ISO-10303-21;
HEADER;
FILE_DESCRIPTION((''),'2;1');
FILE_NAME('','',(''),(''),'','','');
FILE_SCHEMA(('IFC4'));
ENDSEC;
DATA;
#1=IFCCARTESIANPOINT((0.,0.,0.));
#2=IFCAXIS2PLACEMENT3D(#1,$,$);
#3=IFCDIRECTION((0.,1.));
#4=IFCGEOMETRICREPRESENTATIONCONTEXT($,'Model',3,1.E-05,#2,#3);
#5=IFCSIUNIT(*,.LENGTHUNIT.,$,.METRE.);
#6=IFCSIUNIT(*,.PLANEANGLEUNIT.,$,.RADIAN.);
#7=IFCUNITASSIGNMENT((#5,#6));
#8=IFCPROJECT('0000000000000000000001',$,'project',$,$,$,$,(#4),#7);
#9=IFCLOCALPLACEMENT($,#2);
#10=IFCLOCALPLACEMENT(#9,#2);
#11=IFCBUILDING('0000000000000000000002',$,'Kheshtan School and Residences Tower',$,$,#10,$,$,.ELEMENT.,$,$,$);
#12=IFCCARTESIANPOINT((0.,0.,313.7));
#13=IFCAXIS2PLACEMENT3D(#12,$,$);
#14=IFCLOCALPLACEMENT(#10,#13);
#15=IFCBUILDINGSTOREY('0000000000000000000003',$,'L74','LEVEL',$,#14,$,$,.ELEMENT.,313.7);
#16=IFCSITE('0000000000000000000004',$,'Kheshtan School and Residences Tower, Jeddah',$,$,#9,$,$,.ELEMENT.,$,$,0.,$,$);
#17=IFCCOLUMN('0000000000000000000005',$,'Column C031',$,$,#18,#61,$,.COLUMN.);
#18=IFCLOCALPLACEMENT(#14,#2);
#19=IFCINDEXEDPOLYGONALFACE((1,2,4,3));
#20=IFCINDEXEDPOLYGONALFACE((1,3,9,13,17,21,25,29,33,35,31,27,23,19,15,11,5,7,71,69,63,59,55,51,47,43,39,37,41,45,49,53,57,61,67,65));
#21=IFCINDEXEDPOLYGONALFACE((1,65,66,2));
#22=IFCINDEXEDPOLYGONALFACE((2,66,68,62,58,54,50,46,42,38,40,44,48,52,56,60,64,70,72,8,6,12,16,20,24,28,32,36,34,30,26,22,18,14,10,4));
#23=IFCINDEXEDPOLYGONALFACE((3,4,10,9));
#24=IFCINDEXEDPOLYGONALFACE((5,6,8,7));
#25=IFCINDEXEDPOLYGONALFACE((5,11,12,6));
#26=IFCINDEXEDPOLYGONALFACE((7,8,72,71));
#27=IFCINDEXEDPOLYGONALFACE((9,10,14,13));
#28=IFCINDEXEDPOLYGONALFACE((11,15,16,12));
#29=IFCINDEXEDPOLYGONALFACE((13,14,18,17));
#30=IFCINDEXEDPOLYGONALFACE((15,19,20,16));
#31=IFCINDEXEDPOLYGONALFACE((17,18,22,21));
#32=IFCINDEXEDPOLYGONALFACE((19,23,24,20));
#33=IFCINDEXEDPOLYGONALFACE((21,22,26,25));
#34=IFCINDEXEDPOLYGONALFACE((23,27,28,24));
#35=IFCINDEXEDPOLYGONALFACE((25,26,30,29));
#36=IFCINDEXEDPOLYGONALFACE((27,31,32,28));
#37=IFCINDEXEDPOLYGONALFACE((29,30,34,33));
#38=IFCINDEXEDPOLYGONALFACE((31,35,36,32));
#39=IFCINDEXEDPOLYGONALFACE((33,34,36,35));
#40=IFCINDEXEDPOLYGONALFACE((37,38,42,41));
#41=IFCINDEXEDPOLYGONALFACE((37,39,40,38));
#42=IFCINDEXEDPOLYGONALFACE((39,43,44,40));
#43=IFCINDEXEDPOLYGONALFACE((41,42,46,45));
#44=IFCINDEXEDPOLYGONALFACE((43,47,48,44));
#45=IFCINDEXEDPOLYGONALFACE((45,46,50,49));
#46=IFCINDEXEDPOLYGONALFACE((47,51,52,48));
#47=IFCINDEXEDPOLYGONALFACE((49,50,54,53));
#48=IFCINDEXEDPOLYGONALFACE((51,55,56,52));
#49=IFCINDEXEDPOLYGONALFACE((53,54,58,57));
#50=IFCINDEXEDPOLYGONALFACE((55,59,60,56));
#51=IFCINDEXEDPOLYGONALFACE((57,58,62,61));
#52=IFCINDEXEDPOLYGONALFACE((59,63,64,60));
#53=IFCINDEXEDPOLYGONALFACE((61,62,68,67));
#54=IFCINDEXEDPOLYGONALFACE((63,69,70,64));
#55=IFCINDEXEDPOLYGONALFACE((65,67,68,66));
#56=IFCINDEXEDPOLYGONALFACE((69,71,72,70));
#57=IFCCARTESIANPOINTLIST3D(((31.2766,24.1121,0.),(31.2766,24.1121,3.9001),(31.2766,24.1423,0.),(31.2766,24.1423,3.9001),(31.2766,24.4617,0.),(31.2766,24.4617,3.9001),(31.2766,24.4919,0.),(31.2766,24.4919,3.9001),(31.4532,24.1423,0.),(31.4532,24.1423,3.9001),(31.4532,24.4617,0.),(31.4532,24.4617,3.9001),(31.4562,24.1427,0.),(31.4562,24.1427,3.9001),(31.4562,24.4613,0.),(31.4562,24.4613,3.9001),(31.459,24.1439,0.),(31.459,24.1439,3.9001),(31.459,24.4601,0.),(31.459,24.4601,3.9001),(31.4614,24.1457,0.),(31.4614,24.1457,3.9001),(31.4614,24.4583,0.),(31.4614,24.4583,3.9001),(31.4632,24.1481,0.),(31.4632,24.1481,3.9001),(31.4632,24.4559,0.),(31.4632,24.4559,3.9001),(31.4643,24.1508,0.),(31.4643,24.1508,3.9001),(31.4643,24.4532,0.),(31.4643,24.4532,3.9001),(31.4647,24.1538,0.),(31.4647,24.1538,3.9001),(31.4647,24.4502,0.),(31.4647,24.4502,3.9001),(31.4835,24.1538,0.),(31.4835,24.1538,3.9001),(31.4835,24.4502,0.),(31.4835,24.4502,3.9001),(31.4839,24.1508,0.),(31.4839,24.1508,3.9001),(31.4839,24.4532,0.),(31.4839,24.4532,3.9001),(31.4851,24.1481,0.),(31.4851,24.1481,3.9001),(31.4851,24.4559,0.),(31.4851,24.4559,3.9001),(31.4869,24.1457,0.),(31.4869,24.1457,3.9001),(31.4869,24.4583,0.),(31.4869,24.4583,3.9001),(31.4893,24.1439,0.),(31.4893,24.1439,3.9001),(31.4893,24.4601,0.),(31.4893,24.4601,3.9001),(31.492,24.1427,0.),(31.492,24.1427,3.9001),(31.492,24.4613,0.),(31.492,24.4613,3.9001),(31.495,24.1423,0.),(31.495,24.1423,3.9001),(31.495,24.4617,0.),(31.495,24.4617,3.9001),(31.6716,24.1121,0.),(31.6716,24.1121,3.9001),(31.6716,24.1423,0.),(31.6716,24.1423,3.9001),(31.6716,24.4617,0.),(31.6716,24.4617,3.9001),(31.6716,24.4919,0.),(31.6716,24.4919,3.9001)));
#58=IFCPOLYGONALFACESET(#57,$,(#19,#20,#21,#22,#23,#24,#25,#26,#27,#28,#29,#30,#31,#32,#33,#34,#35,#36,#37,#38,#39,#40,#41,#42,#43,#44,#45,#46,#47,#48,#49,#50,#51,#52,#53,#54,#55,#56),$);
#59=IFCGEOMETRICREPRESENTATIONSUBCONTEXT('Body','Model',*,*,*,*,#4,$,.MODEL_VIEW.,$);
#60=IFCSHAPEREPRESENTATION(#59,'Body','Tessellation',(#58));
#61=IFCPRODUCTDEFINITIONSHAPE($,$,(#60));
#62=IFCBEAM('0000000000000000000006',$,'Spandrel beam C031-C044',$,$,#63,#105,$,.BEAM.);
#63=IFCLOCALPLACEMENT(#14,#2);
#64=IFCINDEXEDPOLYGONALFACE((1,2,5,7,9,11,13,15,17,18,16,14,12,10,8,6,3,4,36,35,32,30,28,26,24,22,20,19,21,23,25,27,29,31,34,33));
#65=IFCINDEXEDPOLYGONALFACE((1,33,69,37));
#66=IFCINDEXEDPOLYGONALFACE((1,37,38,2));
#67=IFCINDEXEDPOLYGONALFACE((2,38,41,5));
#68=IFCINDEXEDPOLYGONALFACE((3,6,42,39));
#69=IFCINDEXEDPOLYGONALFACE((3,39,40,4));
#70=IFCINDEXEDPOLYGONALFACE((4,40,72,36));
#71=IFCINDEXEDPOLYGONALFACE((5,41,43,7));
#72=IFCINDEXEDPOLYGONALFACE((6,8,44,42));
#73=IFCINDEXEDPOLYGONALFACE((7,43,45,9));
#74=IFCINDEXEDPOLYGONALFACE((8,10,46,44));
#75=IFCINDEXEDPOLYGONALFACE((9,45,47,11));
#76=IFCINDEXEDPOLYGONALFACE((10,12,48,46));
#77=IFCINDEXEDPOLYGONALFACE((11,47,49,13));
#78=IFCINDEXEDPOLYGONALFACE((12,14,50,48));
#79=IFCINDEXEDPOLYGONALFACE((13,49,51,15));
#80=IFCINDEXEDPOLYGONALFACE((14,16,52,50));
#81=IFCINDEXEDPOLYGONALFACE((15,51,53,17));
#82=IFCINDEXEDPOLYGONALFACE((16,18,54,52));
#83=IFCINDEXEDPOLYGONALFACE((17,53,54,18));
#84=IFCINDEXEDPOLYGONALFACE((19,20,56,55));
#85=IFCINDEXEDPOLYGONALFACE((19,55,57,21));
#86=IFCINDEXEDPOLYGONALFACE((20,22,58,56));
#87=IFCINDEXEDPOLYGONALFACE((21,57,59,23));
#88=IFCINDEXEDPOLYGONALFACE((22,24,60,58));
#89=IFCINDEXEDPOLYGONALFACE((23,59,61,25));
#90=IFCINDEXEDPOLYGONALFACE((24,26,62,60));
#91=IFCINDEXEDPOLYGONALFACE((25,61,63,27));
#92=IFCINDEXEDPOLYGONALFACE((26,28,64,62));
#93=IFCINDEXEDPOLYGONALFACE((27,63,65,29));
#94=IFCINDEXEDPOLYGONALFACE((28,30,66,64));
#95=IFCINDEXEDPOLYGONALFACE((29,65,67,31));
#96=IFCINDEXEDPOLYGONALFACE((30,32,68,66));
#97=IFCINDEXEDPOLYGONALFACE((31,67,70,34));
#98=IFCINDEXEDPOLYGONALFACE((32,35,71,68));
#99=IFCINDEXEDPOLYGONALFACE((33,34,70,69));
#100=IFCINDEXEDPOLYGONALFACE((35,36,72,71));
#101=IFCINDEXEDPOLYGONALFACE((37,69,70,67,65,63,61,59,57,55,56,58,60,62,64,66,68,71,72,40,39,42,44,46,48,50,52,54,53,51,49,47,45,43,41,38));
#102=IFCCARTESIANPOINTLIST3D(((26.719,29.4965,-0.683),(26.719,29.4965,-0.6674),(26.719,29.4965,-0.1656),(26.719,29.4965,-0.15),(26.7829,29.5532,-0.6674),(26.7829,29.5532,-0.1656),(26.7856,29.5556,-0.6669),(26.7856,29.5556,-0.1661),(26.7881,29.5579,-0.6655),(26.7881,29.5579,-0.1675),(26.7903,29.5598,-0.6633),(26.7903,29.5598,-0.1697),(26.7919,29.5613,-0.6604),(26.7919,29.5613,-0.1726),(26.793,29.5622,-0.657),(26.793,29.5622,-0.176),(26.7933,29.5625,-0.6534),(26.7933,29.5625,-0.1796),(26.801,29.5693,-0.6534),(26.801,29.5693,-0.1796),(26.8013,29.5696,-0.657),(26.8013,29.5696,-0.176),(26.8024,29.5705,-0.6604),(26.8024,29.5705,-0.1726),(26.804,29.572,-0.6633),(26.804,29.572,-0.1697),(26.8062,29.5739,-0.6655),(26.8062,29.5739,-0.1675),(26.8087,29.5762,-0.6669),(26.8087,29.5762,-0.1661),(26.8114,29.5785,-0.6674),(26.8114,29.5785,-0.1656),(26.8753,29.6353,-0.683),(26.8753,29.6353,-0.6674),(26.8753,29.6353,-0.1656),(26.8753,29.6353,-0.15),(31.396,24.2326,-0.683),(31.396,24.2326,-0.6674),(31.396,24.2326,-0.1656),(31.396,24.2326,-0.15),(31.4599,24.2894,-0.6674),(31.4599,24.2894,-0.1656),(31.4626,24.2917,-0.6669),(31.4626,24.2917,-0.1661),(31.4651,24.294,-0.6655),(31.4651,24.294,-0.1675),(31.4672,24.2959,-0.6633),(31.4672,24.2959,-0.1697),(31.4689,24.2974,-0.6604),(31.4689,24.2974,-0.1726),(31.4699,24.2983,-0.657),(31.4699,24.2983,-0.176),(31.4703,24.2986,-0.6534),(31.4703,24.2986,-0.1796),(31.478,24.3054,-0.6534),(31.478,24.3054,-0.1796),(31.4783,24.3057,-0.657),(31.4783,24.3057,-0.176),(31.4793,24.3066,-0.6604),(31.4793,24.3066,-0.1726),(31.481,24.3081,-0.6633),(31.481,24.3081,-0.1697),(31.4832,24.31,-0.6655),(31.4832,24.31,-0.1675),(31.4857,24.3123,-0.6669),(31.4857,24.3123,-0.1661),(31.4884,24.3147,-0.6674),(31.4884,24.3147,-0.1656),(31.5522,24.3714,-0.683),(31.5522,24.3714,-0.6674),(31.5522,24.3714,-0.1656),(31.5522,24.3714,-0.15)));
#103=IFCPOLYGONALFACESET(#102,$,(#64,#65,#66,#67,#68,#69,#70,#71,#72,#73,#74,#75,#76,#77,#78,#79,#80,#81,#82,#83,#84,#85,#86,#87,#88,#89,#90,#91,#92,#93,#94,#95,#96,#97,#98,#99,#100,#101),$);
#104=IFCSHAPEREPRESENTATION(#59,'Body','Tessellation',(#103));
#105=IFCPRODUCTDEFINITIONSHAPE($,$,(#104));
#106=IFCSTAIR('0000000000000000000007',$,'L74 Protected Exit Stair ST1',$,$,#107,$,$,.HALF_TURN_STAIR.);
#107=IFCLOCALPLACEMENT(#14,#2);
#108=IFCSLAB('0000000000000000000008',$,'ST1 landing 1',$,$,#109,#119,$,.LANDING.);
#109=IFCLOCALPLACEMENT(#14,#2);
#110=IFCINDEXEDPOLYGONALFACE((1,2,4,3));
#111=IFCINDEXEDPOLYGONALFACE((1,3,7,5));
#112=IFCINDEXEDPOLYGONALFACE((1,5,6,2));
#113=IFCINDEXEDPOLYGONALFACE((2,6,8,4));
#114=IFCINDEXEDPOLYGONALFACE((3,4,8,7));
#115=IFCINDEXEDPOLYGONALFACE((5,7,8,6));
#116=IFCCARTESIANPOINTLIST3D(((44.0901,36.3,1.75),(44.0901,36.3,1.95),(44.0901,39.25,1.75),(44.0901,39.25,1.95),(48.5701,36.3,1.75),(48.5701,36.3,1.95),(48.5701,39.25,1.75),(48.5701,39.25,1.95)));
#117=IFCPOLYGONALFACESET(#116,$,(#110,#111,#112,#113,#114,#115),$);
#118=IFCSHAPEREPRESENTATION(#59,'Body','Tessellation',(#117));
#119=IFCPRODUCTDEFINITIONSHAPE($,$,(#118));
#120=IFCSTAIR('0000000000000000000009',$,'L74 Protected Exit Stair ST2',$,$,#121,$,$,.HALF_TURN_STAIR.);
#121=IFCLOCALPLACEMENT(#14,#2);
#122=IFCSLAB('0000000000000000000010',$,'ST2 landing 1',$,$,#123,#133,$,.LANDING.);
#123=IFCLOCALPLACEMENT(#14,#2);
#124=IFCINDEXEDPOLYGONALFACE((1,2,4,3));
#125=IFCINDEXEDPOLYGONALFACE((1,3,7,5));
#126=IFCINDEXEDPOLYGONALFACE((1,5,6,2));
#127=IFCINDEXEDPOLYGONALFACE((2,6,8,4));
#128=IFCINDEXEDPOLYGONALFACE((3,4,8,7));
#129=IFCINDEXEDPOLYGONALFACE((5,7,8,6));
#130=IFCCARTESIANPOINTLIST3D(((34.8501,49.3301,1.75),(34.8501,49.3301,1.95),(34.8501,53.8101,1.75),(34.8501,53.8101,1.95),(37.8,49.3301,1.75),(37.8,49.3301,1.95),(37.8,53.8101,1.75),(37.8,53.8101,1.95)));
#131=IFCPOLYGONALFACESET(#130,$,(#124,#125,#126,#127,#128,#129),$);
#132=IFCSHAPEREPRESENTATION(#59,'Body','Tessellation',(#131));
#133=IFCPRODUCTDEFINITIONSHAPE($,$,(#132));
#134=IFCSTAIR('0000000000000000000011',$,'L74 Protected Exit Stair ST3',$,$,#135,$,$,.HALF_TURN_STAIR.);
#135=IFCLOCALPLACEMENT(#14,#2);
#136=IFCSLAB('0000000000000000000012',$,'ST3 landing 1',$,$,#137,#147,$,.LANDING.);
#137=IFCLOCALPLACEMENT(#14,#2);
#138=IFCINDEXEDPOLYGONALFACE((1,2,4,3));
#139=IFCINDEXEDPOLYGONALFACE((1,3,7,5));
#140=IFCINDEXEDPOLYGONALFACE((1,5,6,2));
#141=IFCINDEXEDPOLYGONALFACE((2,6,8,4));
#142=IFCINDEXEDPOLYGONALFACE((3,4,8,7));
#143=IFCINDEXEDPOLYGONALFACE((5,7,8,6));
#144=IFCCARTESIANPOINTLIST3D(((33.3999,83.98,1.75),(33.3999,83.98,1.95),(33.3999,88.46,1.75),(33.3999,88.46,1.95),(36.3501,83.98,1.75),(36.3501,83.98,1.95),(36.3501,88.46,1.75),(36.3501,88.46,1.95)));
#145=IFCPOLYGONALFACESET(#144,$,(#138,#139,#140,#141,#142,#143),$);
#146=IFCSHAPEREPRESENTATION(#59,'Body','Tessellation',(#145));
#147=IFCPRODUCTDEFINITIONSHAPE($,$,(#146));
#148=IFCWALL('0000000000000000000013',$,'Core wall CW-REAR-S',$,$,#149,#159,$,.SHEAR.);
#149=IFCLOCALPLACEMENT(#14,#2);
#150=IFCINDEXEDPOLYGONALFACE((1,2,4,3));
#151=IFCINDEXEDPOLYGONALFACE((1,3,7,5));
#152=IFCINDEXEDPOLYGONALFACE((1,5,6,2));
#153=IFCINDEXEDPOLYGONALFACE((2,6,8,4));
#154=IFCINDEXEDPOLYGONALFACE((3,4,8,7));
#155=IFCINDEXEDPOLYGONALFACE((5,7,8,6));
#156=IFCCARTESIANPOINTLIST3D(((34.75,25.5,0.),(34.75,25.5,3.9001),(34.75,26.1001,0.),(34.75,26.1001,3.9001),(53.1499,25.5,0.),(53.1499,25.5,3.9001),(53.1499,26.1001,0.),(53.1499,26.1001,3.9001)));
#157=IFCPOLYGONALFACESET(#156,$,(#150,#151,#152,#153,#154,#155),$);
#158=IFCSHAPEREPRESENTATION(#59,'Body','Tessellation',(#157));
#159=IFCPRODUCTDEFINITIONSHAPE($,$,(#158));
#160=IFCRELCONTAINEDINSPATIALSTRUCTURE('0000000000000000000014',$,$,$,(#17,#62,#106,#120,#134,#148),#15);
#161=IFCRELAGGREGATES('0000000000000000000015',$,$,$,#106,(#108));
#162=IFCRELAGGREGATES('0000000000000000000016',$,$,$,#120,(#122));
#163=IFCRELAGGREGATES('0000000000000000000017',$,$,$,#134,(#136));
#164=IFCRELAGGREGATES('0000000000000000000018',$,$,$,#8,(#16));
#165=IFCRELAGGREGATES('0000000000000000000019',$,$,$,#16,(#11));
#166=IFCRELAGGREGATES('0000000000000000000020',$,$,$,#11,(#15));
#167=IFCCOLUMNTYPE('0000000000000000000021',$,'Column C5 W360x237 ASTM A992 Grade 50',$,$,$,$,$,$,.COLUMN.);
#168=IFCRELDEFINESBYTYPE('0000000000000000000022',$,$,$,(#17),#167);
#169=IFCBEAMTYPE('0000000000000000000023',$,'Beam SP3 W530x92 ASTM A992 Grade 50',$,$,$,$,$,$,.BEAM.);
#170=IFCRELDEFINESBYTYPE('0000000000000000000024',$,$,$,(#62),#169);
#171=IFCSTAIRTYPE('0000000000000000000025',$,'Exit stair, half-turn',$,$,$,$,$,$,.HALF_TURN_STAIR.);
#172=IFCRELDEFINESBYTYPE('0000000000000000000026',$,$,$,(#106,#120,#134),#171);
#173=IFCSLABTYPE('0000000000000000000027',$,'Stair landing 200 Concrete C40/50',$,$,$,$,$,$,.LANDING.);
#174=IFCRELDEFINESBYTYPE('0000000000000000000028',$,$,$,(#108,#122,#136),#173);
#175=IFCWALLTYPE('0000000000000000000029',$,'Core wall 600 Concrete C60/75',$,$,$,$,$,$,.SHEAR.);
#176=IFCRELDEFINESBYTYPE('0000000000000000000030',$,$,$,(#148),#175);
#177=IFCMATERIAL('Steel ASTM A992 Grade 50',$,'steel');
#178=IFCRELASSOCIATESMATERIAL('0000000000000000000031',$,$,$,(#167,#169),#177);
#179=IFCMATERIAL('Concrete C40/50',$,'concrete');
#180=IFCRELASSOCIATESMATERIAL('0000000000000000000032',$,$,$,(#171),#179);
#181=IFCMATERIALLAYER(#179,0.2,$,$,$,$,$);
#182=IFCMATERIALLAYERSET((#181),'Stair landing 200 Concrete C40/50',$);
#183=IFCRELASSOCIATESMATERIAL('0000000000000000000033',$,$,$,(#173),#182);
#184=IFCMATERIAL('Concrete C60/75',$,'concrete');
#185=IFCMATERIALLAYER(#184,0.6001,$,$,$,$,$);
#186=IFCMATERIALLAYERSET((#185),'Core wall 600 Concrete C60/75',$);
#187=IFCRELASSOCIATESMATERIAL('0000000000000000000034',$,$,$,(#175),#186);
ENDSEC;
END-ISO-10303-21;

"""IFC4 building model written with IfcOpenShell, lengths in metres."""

from ifc_helpers import new_model, si_unit, direction, frame, frame_2d, origin, origin_2d, place, context, subcontext, project, spatial, polyline, rectangle, i_section, outline, extrude, material, layer, layer_set, material_profile, profile_set, type_object, element, aggregate, save


model = new_model("IFC4")

# Units and contexts
model_context = context("Model", 3, precision=1e-05, world=origin(), true_north=direction((0.0, 1.0)))
body_context = subcontext(model_context, "Body", "Model", "MODEL_VIEW")
ifc_project = project(units=[si_unit("LENGTHUNIT", "METRE"), si_unit("PLANEANGLEUNIT", "RADIAN")], contexts=[model_context])

# Site, building, storey
site_placement = place(None, origin())
site = spatial("IfcSite", under=ifc_project, at=site_placement, Name="Kheshtan School and Residences Tower, Jeddah", CompositionType="ELEMENT", RefElevation=0.0)
building_placement = place(site_placement, origin())
building = spatial("IfcBuilding", under=site, at=building_placement, Name="Kheshtan School and Residences Tower", CompositionType="ELEMENT")
storey_placement = place(building_placement, frame((0.0, 0.0, 313.7)))
storey = spatial("IfcBuildingStorey", under=building, at=storey_placement, Name="L74", Description="LEVEL", CompositionType="ELEMENT", Elevation=313.7)

# Column
ifc_material_1 = material(Name="Steel ASTM A992 Grade 50", Category="steel")
ifc_material_profile_1 = material_profile(ifc_material_1, i_section(OverallWidth=0.395, OverallDepth=0.3799, WebThickness=0.0188, FlangeThickness=0.0303, FilletRadius=0.0115, at=origin_2d()), Name="W360x237")
ifc_profile_set_1 = profile_set([ifc_material_profile_1], Name="Steel ASTM A992 Grade 50")
column_type = type_object("IfcColumnType", Name="Column C5 W360x237 ASTM A992 Grade 50", PredefinedType="COLUMN", material=ifc_profile_set_1)
column_placement = place(storey_placement, frame((31.4741, 24.302, 0.0), z_axis=(0.0, 0.0, 1.0), x_axis=(1.0, 0.0, 0.0)))
element("IfcColumn", 1, at=column_placement, inside=storey, type_object=column_type, Name="Column C031", PredefinedType="COLUMN", context=body_context, shape_type="SweptSolid", body=[
    extrude(i_section(OverallWidth=0.395, OverallDepth=0.3799, WebThickness=0.0188, FlangeThickness=0.0303, FilletRadius=0.0115, at=origin_2d()), origin(), (0.0, 0.0, 1.0), 3.9001),
])

# Beam
ifc_material_profile_2 = material_profile(ifc_material_1, i_section(OverallWidth=0.209, OverallDepth=0.533, WebThickness=0.0103, FlangeThickness=0.0156, FilletRadius=0.0139, at=origin_2d()), Name="W530x92")
ifc_profile_set_2 = profile_set([ifc_material_profile_2], Name="Steel ASTM A992 Grade 50")
beam_type = type_object("IfcBeamType", Name="Beam SP3 W530x92 ASTM A992 Grade 50", PredefinedType="BEAM", material=ifc_profile_set_2)
beam_placement = place(storey_placement, frame((31.4741, 24.302, -0.4165), z_axis=(-0.664202, 0.747553, 0.0), x_axis=(-0.747553, -0.664202, 0.0)))
element("IfcBeam", 2, at=beam_placement, inside=storey, type_object=beam_type, Name="Spandrel beam C031-C044", PredefinedType="BEAM", context=body_context, shape_type="SweptSolid", body=[
    extrude(i_section(OverallWidth=0.209, OverallDepth=0.533, WebThickness=0.0103, FlangeThickness=0.0156, FilletRadius=0.0139, at=origin_2d()), origin(), (0.0, 0.0, 1.0), 7.0415),
])

# Shared definitions
ifc_material_2 = material(Name="Concrete C40/50", Category="concrete")

# Stairs, slabs
stair_type = type_object("IfcStairType", Name="Exit stair, half-turn", PredefinedType="HALF_TURN_STAIR", material=ifc_material_2)
stair_1_placement = place(storey_placement, origin())
stair_1 = element("IfcStair", 3, at=stair_1_placement, inside=storey, type_object=stair_type, Name="L74 Protected Exit Stair ST1", PredefinedType="HALF_TURN_STAIR")
ifc_layer_1 = layer(ifc_material_2, 0.2)
ifc_layer_set_1 = layer_set([ifc_layer_1], Name="Stair landing 200 Concrete C40/50")
slab_type_1 = type_object("IfcSlabType", Name="Stair landing 200 Concrete C40/50", PredefinedType="LANDING", material=ifc_layer_set_1)
slab_1_placement = place(storey_placement, frame((0.0, 0.0, 1.75)))
slab_1 = element("IfcSlab", 4, at=slab_1_placement, type_object=slab_type_1, Name="ST1 landing 1", PredefinedType="LANDING", context=body_context, shape_type="SweptSolid", body=[
    extrude(outline(polyline([(48.5701, 39.25), (44.0901, 39.25), (44.0901, 36.3), (48.5701, 36.3), (48.5701, 39.25)])), origin(), (0.0, 0.0, 1.0), 0.2),
])
aggregate(stair_1, [slab_1])
stair_2_placement = place(storey_placement, origin())
stair_2 = element("IfcStair", 5, at=stair_2_placement, inside=storey, type_object=stair_type, Name="L74 Protected Exit Stair ST2", PredefinedType="HALF_TURN_STAIR")
slab_2_placement = place(storey_placement, frame((0.0, 0.0, 1.75)))
slab_2 = element("IfcSlab", 6, at=slab_2_placement, type_object=slab_type_1, Name="ST2 landing 1", PredefinedType="LANDING", context=body_context, shape_type="SweptSolid", body=[
    extrude(outline(polyline([(37.8, 49.3301), (37.8, 53.8101), (34.8501, 53.8101), (34.8501, 49.3301), (37.8, 49.3301)])), origin(), (0.0, 0.0, 1.0), 0.2),
])
aggregate(stair_2, [slab_2])
stair_3_placement = place(storey_placement, origin())
stair_3 = element("IfcStair", 7, at=stair_3_placement, inside=storey, type_object=stair_type, Name="L74 Protected Exit Stair ST3", PredefinedType="HALF_TURN_STAIR")
slab_3_placement = place(storey_placement, frame((0.0, 0.0, 1.75)))
slab_3 = element("IfcSlab", 8, at=slab_3_placement, type_object=slab_type_1, Name="ST3 landing 1", PredefinedType="LANDING", context=body_context, shape_type="SweptSolid", body=[
    extrude(outline(polyline([(36.3501, 83.98), (36.3501, 88.46), (33.3999, 88.46), (33.3999, 83.98), (36.3501, 83.98)])), origin(), (0.0, 0.0, 1.0), 0.2),
])
aggregate(stair_3, [slab_3])

# Wall
ifc_material_3 = material(Name="Concrete C60/75", Category="concrete")
ifc_layer_2 = layer(ifc_material_3, 0.6001)
ifc_layer_set_2 = layer_set([ifc_layer_2], Name="Core wall 600 Concrete C60/75")
wall_type_1 = type_object("IfcWallType", Name="Core wall 600 Concrete C60/75", PredefinedType="SHEAR", material=ifc_layer_set_2)
wall_1_placement = place(storey_placement, frame((34.75, 25.8, 0.0), z_axis=(0.0, 0.0, 1.0), x_axis=(1.0, 0.0, 0.0)))
element("IfcWall", 9, at=wall_1_placement, inside=storey, type_object=wall_type_1, Name="Core wall CW-REAR-S", PredefinedType="SHEAR", context=body_context, shape_type="SweptSolid", body=[
    extrude(rectangle(XDim=18.3999, YDim=0.6001, at=frame_2d((9.2, 0.0))), origin(), (0.0, 0.0, 1.0), 3.9001),
])

save(model, "model.ifc")
